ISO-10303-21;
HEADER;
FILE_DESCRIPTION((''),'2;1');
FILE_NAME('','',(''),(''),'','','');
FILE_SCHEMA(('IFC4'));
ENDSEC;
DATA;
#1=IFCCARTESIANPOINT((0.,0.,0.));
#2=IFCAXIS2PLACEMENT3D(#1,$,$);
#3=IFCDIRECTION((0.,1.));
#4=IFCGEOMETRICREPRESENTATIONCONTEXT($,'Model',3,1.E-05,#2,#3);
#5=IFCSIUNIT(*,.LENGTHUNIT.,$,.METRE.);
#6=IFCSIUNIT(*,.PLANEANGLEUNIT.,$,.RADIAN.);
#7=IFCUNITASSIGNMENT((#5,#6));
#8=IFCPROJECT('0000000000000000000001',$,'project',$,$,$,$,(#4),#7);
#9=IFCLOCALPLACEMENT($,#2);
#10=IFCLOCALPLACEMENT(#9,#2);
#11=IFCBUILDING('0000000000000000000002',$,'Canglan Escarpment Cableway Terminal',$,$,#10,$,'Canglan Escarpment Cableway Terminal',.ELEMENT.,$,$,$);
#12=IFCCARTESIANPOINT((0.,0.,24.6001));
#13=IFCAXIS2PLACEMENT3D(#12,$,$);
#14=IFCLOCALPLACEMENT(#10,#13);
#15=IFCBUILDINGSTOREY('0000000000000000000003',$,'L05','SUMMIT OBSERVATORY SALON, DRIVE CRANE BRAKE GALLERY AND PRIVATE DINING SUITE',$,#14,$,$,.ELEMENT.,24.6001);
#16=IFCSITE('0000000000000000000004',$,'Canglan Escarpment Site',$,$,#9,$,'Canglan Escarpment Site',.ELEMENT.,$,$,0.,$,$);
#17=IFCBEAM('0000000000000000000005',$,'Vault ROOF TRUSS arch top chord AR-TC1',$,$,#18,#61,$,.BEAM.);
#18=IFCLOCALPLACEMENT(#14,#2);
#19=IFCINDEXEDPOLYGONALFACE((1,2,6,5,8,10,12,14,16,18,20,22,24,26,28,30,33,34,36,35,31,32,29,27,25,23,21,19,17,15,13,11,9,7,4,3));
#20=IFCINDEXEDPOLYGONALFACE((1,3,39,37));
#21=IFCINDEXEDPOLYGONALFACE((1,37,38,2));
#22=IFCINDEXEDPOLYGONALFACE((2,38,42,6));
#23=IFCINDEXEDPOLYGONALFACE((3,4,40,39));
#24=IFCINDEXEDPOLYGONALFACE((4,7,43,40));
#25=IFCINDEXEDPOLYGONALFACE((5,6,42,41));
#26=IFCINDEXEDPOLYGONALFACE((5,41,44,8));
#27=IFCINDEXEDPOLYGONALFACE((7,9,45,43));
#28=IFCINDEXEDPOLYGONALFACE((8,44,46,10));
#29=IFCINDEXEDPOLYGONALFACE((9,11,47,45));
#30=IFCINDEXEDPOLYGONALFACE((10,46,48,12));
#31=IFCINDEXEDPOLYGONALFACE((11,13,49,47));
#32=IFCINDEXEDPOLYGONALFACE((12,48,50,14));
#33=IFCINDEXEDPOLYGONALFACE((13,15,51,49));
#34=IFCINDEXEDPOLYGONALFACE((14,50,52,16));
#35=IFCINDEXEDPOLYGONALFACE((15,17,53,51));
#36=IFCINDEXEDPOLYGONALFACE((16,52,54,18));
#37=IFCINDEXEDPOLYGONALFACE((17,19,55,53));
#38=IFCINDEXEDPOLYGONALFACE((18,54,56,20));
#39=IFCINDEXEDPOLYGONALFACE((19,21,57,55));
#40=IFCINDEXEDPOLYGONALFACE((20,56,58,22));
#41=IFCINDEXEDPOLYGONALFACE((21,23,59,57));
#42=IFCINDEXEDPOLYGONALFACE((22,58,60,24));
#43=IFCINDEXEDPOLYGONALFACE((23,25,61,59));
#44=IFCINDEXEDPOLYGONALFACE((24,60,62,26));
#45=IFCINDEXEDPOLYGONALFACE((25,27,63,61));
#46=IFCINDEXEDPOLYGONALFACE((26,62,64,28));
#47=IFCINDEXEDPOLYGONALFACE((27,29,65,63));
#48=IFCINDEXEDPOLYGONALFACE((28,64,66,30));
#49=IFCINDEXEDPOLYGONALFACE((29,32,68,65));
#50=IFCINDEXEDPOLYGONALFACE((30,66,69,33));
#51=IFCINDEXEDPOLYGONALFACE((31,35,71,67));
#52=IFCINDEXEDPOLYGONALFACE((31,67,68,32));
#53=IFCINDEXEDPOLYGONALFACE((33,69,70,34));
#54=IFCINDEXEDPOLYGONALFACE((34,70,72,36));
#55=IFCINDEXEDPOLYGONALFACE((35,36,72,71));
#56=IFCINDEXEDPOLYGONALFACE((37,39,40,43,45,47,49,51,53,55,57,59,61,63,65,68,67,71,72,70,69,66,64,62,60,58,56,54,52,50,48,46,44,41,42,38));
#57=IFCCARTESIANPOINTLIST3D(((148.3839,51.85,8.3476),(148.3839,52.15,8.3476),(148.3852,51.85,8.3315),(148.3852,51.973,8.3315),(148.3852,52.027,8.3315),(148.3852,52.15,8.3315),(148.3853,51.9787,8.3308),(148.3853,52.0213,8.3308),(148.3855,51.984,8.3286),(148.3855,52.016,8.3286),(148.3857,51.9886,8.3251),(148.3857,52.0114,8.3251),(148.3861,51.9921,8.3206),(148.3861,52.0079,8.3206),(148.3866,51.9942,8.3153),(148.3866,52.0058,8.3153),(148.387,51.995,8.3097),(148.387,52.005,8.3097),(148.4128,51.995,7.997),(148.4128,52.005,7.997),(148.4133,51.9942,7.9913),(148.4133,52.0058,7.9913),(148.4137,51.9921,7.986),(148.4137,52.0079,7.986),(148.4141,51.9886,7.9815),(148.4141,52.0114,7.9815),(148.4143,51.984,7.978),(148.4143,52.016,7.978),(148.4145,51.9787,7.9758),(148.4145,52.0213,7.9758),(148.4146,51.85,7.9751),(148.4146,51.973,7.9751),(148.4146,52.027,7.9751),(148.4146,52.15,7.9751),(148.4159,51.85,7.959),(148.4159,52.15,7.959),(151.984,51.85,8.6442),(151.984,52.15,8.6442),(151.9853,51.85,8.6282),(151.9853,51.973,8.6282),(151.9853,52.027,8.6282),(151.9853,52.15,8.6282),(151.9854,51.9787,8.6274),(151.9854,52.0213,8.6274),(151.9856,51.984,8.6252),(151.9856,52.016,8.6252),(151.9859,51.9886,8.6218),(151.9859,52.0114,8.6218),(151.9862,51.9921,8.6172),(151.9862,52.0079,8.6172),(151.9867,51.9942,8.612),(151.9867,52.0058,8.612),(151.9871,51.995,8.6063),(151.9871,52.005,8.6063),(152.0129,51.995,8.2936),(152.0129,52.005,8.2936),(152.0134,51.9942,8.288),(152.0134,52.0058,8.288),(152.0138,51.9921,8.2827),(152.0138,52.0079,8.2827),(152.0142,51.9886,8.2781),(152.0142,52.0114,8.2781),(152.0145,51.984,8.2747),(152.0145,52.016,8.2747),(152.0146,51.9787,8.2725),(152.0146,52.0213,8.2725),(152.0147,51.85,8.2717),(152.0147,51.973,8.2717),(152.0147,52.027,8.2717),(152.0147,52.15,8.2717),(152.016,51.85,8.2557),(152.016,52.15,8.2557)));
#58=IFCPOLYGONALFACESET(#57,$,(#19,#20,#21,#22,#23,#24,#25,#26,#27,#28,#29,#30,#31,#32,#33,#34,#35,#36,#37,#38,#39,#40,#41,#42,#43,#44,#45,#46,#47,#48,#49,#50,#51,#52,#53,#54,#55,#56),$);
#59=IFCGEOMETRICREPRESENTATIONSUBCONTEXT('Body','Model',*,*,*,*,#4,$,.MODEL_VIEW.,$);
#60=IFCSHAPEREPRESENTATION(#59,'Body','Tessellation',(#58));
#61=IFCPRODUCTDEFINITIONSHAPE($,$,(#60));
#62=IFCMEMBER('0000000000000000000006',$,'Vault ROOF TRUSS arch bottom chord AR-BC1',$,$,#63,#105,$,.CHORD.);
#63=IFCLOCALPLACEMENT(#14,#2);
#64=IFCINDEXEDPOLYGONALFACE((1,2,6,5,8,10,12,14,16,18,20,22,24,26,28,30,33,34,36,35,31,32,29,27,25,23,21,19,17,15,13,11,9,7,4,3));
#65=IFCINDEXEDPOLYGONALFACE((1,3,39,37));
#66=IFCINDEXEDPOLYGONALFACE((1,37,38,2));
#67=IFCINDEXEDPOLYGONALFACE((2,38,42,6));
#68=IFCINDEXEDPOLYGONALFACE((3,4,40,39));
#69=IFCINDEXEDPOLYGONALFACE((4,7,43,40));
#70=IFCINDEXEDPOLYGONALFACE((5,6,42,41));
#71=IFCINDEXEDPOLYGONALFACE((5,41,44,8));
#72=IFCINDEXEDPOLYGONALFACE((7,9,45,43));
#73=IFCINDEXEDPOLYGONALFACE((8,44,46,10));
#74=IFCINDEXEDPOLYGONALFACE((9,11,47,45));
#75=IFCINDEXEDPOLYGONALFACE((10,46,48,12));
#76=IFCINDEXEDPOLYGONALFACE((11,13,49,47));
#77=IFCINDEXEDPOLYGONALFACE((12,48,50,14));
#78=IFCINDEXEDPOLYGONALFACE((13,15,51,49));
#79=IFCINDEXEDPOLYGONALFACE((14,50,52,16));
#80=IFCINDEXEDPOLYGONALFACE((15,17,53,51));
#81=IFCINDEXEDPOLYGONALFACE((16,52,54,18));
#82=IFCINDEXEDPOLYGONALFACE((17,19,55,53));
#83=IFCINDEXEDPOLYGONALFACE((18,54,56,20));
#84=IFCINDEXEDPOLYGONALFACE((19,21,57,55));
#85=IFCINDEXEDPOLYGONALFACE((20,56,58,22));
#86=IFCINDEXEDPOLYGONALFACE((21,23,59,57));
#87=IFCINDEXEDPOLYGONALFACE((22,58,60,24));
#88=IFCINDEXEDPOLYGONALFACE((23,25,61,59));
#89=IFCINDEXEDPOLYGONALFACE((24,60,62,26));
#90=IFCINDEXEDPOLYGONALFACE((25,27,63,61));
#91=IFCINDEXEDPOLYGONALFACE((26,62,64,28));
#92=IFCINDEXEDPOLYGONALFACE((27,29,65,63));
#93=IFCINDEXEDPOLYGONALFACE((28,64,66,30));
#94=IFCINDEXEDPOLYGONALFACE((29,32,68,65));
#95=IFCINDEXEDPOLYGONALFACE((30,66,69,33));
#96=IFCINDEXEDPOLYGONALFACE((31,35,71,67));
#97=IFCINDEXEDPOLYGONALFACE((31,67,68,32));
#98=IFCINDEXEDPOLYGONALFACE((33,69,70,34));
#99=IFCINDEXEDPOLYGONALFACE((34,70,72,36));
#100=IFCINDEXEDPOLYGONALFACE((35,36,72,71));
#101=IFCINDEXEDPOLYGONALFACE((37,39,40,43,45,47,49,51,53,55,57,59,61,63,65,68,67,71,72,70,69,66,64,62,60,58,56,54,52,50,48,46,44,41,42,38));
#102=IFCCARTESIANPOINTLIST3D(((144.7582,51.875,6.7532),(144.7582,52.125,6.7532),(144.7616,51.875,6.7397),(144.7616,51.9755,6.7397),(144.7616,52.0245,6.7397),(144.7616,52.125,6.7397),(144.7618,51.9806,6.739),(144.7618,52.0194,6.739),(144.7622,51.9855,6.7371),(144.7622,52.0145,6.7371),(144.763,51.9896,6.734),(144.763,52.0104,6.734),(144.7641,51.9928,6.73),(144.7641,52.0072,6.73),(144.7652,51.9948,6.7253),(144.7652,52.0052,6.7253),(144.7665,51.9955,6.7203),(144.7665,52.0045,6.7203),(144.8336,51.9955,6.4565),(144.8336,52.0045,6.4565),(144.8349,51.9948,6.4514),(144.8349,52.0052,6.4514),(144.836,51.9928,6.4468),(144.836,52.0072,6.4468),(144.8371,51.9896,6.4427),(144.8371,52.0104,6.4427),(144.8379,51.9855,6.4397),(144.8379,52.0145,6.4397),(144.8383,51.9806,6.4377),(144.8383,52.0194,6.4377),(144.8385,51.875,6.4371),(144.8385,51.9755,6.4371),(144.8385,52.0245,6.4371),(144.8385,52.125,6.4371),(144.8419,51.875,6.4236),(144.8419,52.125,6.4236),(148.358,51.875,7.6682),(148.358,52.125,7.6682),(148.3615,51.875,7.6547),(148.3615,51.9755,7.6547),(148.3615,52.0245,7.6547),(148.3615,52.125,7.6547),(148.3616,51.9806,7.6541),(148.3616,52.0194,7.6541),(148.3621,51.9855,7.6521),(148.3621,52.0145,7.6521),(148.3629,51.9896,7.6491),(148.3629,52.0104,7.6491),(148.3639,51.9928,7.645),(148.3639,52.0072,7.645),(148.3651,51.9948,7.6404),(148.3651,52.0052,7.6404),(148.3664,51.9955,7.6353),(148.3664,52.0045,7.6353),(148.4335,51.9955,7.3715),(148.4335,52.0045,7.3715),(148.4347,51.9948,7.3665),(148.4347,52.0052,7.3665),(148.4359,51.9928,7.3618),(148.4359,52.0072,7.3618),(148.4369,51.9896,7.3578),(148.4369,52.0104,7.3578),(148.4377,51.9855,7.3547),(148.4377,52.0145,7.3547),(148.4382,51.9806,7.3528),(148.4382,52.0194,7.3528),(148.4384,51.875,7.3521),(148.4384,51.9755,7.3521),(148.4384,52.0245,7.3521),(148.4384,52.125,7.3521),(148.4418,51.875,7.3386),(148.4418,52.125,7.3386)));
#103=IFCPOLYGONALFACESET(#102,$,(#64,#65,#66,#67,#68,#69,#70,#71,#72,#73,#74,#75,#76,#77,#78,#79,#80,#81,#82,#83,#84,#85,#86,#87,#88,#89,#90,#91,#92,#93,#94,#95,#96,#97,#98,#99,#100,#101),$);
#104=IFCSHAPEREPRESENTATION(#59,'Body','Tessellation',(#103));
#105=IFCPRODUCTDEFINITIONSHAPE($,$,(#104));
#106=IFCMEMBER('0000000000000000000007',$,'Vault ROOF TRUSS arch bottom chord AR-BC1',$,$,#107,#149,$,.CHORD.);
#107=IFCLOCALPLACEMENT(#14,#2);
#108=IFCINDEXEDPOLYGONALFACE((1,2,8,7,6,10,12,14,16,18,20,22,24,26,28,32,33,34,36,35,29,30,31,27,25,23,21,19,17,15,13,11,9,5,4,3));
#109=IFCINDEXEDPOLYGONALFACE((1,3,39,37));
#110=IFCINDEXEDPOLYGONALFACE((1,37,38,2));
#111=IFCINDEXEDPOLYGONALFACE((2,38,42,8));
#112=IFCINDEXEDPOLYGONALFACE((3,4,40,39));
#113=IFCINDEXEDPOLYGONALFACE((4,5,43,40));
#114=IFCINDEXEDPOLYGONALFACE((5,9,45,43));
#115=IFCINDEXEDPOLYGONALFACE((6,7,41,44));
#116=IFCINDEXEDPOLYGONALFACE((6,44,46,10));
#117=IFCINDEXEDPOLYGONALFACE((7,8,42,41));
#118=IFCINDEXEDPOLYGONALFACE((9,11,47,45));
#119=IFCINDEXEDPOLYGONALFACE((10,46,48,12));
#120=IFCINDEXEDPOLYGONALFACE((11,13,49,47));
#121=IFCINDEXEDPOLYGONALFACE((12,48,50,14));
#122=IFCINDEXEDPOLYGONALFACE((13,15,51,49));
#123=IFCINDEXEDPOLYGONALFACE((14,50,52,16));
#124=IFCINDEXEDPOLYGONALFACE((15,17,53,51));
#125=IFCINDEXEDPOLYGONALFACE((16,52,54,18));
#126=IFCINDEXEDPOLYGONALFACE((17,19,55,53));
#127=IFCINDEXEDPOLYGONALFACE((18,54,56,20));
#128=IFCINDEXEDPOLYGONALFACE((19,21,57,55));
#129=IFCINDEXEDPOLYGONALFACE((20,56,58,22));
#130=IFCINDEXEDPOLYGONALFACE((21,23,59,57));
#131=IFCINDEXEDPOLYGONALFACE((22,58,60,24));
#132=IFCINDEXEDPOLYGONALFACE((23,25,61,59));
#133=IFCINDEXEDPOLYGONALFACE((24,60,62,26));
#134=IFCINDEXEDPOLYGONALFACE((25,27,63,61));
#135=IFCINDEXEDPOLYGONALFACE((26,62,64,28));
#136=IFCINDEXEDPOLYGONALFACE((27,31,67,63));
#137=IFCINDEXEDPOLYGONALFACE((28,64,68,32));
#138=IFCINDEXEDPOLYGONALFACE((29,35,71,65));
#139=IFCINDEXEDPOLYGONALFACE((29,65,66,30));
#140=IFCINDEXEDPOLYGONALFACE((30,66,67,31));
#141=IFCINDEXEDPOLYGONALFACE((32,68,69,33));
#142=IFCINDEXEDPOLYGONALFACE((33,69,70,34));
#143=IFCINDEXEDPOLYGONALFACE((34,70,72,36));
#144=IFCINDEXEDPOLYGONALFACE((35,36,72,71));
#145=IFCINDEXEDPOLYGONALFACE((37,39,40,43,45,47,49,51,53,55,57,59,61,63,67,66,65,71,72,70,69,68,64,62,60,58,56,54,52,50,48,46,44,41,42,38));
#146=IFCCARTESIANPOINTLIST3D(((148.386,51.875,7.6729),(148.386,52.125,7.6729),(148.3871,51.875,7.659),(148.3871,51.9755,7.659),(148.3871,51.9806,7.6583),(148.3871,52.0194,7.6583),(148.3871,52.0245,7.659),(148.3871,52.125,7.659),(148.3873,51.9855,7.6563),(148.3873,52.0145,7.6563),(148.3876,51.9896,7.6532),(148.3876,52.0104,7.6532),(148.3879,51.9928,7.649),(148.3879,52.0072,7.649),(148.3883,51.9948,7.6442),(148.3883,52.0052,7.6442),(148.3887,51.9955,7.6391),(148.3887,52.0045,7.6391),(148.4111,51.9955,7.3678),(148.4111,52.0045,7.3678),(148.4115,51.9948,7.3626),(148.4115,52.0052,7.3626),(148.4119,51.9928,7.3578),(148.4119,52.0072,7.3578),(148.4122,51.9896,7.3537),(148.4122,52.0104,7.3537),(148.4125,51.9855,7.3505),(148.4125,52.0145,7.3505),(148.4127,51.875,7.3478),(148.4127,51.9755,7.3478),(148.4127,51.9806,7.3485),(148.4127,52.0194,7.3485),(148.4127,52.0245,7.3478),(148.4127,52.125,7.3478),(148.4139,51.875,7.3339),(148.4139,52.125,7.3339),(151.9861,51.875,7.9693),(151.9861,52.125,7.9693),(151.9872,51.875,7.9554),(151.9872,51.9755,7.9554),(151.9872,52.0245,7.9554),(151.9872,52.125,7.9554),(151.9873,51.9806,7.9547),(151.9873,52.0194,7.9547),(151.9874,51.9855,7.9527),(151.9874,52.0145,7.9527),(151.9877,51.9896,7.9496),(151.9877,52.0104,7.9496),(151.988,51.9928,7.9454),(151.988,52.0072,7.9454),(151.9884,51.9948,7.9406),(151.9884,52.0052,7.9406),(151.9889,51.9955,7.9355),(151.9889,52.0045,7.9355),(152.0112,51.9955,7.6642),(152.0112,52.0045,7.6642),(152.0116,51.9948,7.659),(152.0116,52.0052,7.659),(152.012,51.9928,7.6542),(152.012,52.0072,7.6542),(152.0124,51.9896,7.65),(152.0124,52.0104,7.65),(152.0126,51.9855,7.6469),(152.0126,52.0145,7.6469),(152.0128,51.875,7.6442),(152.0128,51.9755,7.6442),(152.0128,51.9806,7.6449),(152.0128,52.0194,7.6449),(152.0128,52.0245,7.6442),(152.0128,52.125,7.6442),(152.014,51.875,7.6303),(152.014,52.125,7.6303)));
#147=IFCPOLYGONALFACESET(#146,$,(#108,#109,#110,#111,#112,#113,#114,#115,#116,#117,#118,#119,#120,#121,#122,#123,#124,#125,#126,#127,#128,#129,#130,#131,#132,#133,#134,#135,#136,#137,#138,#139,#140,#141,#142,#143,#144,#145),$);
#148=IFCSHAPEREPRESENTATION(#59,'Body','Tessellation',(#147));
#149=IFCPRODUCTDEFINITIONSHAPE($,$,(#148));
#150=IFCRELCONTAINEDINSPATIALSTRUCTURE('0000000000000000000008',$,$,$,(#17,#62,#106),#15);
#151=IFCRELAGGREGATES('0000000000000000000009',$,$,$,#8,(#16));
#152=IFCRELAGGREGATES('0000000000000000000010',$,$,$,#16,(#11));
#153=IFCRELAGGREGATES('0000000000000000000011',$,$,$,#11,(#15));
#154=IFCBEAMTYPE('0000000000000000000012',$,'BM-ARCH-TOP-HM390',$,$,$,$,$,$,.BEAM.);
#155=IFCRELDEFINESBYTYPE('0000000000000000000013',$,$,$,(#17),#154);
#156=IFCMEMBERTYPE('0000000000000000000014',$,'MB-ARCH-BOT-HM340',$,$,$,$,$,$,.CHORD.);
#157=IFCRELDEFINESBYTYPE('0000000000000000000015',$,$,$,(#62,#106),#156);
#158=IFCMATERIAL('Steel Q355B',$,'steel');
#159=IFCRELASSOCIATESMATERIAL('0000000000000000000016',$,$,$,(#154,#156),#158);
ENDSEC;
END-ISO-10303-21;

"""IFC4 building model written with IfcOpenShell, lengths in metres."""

from ifc_helpers import new_model, si_unit, direction, frame, origin, origin_2d, place, context, subcontext, project, spatial, i_section, extrude, material, material_profile, profile_set, type_object, element, save


model = new_model("IFC4")

# Units and contexts
model_context = context("Model", 3, precision=1e-05, world=origin(), true_north=direction((0.0, 1.0)))
body_context = subcontext(model_context, "Body", "Model", "MODEL_VIEW")
ifc_project = project(units=[si_unit("LENGTHUNIT", "METRE"), si_unit("PLANEANGLEUNIT", "RADIAN")], contexts=[model_context])

# Site, building, storey
site_placement = place(None, origin())
site = spatial("IfcSite", under=ifc_project, at=site_placement, Name="Canglan Escarpment Site", LongName="Canglan Escarpment Site", CompositionType="ELEMENT", RefElevation=0.0)
building_placement = place(site_placement, origin())
building = spatial("IfcBuilding", under=site, at=building_placement, Name="Canglan Escarpment Cableway Terminal", LongName="Canglan Escarpment Cableway Terminal", CompositionType="ELEMENT")
storey_placement = place(building_placement, frame((0.0, 0.0, 24.6001)))
storey = spatial("IfcBuildingStorey", under=building, at=storey_placement, Name="L05", Description="SUMMIT OBSERVATORY SALON, DRIVE CRANE BRAKE GALLERY AND PRIVATE DINING SUITE", CompositionType="ELEMENT", Elevation=24.6001)

# Beam
ifc_material_1 = material(Name="Steel Q355B", Category="steel")
ifc_material_profile_1 = material_profile(ifc_material_1, i_section(OverallWidth=0.3, OverallDepth=0.3899, WebThickness=0.01, FlangeThickness=0.0161, FilletRadius=0.022, at=origin_2d()), Name="HM 390x300x10x16")
ifc_profile_set_1 = profile_set([ifc_material_profile_1], Name="Steel Q355B")
beam_type = type_object("IfcBeamType", Name="BM-ARCH-TOP-HM390", PredefinedType="BEAM", material=ifc_profile_set_1)
beam_placement = place(storey_placement, frame((148.3999, 52.0, 8.1533), z_axis=(0.996623, 0.0, 0.082117), x_axis=(0.0, 1.0, 0.0)))
element("IfcBeam", 1, at=beam_placement, inside=storey, type_object=beam_type, Name="Vault ROOF TRUSS arch top chord AR-TC1", PredefinedType="BEAM", context=body_context, shape_type="SweptSolid", body=[
    extrude(i_section(OverallWidth=0.3, OverallDepth=0.3899, WebThickness=0.01, FlangeThickness=0.0161, FilletRadius=0.022, at=origin_2d()), origin(), (0.0, 0.0, 1.0), 3.6123),
])

# Members
ifc_material_profile_2 = material_profile(ifc_material_1, i_section(OverallWidth=0.25, OverallDepth=0.3401, WebThickness=0.009, FlangeThickness=0.0139, FilletRadius=0.02, at=origin_2d()), Name="HM 340x250x9x14")
ifc_profile_set_2 = profile_set([ifc_material_profile_2], Name="Steel Q355B")
member_type_1 = type_object("IfcMemberType", Name="MB-ARCH-BOT-HM340", PredefinedType="CHORD", material=ifc_profile_set_2)
member_1_placement = place(storey_placement, frame((144.8, 52.0, 6.5884), z_axis=(0.96918, 0.0, 0.246354), x_axis=(0.0, 1.0, 0.0)))
element("IfcMember", 2, at=member_1_placement, inside=storey, type_object=member_type_1, Name="Vault ROOF TRUSS arch bottom chord AR-BC1", PredefinedType="CHORD", context=body_context, shape_type="SweptSolid", body=[
    extrude(i_section(OverallWidth=0.25, OverallDepth=0.3401, WebThickness=0.009, FlangeThickness=0.0139, FilletRadius=0.02, at=origin_2d()), origin(), (0.0, 0.0, 1.0), 3.7144),
])
member_2_placement = place(storey_placement, frame((148.3999, 52.0, 7.5034), z_axis=(0.996628, 0.0, 0.08205), x_axis=(0.0, 1.0, 0.0)))
element("IfcMember", 3, at=member_2_placement, inside=storey, type_object=member_type_1, Name="Vault ROOF TRUSS arch bottom chord AR-BC1", PredefinedType="CHORD", context=body_context, shape_type="SweptSolid", body=[
    extrude(i_section(OverallWidth=0.25, OverallDepth=0.3401, WebThickness=0.009, FlangeThickness=0.0139, FilletRadius=0.02, at=origin_2d()), origin(), (0.0, 0.0, 1.0), 3.6123),
])

save(model, "model.ifc")
